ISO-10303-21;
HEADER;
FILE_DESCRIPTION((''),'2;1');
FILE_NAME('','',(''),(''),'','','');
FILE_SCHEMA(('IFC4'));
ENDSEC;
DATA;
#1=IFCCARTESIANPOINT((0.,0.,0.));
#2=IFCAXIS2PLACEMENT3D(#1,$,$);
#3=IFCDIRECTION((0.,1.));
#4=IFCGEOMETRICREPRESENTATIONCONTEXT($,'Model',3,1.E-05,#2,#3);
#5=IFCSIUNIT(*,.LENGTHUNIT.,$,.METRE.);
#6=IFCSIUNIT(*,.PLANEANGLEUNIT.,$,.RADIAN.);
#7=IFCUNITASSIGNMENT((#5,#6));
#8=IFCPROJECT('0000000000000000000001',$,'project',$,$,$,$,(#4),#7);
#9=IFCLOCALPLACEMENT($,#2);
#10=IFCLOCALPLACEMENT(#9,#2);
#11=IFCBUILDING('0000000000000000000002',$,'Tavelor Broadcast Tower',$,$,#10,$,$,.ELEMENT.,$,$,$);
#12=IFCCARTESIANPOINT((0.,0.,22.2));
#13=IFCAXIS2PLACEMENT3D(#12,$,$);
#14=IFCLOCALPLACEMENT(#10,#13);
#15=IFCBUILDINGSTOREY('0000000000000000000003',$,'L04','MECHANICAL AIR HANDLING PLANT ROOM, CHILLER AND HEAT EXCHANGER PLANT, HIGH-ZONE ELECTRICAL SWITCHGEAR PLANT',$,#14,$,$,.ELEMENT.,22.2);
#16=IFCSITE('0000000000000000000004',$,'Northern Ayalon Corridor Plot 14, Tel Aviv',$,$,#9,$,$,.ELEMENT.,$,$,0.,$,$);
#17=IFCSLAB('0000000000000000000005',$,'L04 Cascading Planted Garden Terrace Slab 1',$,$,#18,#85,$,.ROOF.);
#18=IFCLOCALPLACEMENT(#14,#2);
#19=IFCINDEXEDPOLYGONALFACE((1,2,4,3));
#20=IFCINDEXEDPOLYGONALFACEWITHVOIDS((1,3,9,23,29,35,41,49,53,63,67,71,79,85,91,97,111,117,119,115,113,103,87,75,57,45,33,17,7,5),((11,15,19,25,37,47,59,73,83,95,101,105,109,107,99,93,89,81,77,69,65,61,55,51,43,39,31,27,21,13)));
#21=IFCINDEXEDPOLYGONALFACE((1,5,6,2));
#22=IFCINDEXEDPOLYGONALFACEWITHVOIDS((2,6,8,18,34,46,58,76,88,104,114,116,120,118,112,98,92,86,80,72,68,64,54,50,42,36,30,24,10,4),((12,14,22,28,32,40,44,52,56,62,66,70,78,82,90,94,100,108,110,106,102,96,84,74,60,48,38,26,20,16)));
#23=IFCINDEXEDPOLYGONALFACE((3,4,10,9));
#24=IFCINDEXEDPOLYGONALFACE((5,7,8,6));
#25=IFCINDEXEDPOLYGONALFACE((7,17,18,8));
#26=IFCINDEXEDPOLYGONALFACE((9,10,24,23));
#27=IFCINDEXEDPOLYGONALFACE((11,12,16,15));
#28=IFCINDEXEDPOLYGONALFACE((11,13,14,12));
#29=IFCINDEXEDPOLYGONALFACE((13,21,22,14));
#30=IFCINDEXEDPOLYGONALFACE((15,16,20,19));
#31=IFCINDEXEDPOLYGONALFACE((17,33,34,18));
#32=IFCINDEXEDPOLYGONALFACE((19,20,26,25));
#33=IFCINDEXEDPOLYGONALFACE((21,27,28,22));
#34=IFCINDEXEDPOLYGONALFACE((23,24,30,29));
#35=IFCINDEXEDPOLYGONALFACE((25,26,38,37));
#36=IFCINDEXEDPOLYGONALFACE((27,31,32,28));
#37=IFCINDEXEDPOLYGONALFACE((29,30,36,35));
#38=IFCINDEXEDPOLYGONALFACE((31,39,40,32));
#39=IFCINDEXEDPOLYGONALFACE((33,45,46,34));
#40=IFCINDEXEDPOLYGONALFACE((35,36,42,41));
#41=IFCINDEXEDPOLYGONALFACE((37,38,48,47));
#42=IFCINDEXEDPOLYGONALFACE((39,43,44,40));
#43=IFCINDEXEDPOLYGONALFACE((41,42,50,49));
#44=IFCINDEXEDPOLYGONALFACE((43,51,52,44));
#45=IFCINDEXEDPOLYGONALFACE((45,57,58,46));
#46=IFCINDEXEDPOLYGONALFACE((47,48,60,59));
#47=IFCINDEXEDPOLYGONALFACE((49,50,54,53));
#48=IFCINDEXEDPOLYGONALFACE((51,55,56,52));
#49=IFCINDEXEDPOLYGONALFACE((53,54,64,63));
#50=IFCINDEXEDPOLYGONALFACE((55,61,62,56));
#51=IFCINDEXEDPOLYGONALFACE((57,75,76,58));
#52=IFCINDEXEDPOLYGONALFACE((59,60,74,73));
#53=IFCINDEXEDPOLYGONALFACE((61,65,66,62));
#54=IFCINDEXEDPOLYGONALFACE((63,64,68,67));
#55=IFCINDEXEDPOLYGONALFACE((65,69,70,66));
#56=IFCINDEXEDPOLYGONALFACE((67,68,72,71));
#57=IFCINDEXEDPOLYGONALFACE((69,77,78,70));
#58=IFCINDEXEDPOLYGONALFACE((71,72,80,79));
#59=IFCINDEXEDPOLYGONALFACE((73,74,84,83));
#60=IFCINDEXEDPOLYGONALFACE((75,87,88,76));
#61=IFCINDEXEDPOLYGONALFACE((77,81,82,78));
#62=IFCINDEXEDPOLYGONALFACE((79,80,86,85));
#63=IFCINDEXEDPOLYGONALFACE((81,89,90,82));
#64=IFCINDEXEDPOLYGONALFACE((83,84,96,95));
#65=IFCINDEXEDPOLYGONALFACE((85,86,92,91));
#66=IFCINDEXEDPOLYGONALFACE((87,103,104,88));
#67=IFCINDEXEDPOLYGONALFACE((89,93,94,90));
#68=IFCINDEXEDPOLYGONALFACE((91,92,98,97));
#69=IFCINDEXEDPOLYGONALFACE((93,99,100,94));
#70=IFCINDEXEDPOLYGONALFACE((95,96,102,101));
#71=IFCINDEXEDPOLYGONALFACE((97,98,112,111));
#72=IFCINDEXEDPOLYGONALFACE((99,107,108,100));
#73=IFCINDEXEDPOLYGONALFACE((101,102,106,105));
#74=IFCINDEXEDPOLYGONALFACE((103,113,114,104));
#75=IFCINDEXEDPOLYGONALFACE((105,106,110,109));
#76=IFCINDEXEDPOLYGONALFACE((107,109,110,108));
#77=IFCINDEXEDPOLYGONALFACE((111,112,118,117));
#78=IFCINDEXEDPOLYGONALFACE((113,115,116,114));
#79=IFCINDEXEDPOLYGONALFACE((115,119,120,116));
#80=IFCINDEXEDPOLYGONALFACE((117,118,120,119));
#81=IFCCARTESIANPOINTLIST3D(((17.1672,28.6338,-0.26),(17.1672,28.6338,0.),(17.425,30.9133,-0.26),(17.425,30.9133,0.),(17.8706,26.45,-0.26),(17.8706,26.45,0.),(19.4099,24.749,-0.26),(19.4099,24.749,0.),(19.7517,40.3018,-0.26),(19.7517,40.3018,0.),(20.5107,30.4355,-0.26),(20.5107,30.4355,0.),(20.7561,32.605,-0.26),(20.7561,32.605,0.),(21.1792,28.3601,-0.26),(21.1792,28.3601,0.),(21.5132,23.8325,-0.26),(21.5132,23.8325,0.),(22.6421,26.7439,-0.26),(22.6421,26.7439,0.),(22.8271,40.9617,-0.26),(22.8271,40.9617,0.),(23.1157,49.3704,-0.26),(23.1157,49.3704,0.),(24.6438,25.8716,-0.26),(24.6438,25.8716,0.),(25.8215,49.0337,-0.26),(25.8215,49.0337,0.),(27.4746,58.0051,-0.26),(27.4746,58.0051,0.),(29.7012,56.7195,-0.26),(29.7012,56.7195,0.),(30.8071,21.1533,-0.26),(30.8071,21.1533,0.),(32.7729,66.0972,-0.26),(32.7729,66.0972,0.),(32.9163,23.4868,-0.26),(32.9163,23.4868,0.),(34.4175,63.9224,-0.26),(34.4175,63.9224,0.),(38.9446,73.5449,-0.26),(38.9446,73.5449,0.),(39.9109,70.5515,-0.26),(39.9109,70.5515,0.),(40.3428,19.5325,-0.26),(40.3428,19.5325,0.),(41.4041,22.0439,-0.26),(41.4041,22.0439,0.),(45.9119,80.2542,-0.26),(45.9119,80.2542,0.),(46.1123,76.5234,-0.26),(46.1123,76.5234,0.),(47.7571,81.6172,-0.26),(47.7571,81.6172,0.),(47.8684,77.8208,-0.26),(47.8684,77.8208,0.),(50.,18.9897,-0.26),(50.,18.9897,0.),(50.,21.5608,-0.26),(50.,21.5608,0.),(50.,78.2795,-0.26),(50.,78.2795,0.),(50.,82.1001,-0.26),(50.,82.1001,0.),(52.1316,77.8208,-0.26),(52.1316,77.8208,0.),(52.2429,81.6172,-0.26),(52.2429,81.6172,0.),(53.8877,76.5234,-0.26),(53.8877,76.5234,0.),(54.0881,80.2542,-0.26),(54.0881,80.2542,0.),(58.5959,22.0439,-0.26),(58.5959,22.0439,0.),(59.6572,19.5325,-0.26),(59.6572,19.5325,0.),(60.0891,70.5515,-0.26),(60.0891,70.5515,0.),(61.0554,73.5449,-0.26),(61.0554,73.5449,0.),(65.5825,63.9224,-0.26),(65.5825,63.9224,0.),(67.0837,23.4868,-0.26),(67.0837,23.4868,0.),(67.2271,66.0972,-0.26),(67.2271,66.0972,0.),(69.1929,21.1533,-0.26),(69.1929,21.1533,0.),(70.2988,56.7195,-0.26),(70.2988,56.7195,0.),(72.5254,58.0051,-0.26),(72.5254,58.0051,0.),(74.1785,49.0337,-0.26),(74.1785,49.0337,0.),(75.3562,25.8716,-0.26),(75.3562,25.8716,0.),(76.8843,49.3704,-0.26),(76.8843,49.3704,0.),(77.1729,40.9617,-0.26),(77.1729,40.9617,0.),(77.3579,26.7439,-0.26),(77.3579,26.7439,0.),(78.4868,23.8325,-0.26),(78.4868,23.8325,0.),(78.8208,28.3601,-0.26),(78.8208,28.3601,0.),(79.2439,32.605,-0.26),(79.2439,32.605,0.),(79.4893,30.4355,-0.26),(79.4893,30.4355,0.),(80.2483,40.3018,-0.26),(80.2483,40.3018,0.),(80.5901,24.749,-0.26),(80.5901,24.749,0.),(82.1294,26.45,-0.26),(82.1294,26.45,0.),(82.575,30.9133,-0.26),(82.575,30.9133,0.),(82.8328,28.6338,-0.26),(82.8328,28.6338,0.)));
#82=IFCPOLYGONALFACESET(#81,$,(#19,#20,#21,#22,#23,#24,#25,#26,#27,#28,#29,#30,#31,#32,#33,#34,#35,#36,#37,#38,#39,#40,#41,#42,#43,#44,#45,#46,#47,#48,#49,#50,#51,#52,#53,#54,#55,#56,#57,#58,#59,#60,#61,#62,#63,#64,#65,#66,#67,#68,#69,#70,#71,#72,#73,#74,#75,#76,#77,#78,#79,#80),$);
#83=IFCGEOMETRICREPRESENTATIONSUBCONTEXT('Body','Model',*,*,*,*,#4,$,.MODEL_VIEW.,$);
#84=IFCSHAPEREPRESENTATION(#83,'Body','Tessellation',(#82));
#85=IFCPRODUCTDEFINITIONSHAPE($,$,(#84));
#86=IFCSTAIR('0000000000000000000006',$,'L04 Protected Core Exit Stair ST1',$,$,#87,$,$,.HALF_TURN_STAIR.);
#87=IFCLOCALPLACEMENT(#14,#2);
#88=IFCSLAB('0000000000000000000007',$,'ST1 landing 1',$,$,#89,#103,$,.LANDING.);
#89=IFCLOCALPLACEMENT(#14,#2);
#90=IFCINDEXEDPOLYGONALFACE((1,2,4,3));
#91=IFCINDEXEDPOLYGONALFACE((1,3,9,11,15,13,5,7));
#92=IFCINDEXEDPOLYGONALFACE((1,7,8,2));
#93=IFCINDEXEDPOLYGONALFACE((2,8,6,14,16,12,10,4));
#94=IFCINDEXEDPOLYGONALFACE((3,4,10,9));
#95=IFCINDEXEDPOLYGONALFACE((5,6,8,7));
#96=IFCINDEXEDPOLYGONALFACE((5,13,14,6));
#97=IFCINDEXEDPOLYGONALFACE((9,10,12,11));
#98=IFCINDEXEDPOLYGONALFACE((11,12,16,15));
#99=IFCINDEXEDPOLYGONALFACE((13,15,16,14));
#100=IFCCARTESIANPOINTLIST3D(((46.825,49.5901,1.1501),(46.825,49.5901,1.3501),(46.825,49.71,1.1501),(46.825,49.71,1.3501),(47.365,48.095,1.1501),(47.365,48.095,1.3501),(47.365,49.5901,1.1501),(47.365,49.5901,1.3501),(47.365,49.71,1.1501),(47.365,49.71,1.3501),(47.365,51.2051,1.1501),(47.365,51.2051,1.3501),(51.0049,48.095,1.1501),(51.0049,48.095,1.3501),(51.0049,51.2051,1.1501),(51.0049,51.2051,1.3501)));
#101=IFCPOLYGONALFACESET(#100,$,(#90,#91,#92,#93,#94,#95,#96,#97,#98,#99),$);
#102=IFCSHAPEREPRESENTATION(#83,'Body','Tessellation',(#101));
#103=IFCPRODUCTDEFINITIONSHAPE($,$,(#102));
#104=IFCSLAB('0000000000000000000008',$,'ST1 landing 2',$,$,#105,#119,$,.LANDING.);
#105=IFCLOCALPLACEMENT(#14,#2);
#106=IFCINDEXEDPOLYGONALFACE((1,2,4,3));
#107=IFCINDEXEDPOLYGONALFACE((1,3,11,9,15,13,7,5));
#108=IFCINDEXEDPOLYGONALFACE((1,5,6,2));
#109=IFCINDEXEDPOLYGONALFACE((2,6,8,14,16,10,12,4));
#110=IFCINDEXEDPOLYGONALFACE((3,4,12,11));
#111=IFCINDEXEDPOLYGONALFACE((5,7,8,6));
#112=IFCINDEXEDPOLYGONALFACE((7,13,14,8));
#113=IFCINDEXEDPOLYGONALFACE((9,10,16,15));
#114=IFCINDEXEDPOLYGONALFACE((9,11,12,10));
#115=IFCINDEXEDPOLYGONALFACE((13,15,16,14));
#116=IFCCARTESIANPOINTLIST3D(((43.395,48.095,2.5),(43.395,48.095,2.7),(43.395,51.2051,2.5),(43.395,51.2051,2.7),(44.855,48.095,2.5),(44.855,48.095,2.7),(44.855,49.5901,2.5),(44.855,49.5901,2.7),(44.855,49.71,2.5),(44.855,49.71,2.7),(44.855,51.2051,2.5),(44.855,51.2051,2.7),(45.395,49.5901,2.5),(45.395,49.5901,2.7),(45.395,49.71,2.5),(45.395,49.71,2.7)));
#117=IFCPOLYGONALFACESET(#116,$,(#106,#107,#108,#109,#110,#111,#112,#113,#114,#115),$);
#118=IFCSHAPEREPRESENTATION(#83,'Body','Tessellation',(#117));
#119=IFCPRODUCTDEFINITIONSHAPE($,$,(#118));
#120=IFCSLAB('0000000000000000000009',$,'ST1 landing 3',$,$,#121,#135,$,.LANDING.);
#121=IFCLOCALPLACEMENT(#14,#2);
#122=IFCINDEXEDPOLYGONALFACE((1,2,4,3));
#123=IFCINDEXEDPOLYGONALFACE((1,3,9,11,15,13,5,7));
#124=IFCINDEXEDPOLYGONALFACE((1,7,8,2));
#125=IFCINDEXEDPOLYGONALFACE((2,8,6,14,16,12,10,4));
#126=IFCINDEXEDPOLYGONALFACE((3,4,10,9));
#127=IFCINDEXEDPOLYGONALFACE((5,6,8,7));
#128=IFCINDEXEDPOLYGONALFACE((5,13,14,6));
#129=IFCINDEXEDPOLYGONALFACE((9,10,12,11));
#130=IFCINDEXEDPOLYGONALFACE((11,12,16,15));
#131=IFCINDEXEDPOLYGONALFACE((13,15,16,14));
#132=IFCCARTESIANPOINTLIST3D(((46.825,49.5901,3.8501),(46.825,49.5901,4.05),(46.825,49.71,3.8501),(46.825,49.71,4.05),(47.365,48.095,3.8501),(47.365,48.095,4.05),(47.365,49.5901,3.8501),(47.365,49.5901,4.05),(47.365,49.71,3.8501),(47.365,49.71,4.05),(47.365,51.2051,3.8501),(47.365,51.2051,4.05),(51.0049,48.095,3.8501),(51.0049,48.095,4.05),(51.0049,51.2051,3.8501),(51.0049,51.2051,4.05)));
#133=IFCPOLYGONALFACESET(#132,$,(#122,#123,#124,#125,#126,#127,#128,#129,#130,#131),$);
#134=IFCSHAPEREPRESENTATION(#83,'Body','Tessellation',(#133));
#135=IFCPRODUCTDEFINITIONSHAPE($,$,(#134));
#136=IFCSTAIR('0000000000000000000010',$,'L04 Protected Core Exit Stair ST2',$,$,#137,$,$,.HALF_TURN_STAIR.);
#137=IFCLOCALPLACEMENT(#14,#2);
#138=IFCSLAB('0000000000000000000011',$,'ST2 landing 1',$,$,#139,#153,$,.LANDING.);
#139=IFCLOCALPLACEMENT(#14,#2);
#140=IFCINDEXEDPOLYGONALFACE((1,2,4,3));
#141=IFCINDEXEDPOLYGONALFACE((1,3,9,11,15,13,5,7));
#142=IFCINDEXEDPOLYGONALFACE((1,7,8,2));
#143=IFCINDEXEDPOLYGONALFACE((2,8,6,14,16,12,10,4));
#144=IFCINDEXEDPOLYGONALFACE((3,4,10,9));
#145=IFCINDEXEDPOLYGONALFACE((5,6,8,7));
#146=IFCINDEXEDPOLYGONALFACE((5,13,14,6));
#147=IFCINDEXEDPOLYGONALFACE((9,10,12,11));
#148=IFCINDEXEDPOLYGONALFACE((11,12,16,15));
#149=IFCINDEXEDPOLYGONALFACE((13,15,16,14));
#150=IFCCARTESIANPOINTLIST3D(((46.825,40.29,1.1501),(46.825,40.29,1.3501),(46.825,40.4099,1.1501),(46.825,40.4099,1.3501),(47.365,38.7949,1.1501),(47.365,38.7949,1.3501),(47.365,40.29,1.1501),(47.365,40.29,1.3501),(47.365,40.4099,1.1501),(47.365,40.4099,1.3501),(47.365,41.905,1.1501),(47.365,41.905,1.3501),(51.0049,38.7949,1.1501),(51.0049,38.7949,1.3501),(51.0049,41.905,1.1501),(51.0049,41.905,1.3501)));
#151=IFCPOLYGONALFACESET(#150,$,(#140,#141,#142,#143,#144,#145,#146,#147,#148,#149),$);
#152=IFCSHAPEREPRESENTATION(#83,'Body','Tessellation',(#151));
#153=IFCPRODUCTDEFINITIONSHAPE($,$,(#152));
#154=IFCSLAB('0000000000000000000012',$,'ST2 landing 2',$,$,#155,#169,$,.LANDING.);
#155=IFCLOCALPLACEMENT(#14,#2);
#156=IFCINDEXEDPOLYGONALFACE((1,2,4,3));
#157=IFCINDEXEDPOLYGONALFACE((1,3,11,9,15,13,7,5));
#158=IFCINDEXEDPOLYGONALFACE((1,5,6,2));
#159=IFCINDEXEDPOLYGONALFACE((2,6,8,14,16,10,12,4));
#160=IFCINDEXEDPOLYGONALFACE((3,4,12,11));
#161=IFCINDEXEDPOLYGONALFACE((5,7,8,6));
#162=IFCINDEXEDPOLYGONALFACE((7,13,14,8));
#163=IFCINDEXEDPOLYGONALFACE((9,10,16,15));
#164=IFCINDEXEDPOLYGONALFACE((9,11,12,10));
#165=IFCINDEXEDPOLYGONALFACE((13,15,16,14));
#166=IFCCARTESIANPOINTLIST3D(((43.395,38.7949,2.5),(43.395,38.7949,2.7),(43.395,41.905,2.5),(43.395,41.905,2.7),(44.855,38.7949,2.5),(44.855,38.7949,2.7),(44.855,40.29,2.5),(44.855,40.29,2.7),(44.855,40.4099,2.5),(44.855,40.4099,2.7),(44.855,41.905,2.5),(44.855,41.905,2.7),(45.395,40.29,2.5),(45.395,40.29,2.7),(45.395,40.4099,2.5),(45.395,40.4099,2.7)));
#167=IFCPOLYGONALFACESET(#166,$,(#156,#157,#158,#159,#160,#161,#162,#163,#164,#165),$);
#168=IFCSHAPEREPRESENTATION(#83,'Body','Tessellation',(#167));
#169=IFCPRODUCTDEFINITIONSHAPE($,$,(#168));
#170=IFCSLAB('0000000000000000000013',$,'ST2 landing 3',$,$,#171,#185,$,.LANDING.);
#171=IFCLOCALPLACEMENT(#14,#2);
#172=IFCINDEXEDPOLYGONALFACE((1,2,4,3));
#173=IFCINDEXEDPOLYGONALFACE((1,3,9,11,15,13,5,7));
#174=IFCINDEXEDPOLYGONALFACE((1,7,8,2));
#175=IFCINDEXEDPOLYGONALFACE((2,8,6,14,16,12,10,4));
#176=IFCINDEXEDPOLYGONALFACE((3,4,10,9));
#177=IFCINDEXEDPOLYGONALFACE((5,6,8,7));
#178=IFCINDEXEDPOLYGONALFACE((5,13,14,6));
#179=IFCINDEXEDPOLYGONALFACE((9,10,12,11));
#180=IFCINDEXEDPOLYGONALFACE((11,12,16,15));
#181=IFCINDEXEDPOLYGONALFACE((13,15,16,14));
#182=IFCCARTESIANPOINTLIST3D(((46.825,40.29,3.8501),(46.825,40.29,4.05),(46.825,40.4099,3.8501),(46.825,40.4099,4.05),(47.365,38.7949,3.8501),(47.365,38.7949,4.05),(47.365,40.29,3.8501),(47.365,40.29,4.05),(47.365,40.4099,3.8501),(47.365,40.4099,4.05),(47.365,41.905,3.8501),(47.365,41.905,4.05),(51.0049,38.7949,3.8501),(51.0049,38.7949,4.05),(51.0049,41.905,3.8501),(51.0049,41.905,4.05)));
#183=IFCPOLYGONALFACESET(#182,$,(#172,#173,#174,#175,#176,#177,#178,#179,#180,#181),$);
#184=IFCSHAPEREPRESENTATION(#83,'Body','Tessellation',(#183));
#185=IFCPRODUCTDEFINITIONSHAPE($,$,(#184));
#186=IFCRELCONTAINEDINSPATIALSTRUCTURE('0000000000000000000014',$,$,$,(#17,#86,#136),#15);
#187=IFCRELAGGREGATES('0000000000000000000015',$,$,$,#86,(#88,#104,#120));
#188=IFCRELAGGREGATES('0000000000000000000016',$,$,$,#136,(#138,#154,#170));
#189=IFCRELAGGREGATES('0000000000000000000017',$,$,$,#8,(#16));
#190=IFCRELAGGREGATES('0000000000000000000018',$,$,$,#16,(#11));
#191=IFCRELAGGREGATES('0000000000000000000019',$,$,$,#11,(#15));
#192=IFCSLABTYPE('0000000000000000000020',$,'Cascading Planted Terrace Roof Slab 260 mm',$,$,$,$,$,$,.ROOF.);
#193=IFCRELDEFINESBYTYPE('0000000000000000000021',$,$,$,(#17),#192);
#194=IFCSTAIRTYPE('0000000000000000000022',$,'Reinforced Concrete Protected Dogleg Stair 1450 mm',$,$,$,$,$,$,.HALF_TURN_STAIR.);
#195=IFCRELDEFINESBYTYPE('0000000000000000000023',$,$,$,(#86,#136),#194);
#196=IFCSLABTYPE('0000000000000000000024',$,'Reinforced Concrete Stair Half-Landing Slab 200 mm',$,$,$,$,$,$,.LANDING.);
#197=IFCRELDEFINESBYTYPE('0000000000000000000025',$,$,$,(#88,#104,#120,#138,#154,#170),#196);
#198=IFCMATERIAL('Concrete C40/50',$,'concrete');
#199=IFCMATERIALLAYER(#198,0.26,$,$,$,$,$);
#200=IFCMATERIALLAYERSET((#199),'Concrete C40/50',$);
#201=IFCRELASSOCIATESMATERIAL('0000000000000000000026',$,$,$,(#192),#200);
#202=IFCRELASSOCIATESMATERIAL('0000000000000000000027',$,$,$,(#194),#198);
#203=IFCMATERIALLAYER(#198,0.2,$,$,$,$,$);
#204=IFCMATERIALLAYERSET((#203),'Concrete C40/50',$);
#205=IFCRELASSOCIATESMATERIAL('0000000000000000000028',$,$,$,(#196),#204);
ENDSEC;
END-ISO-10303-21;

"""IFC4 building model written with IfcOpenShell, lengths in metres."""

from ifc_helpers import new_model, si_unit, direction, frame, origin, place, context, subcontext, project, spatial, polyline, outline, extrude, material, layer, layer_set, type_object, element, aggregate, save


model = new_model("IFC4")

# Units and contexts
model_context = context("Model", 3, precision=1e-05, world=origin(), true_north=direction((0.0, 1.0)))
body_context = subcontext(model_context, "Body", "Model", "MODEL_VIEW")
ifc_project = project(units=[si_unit("LENGTHUNIT", "METRE"), si_unit("PLANEANGLEUNIT", "RADIAN")], contexts=[model_context])

# Site, building, storey
site_placement = place(None, origin())
site = spatial("IfcSite", under=ifc_project, at=site_placement, Name="Northern Ayalon Corridor Plot 14, Tel Aviv", CompositionType="ELEMENT", RefElevation=0.0)
building_placement = place(site_placement, origin())
building = spatial("IfcBuilding", under=site, at=building_placement, Name="Tavelor Broadcast Tower", CompositionType="ELEMENT")
storey_placement = place(building_placement, frame((0.0, 0.0, 22.2)))
storey = spatial("IfcBuildingStorey", under=building, at=storey_placement, Name="L04", Description="MECHANICAL AIR HANDLING PLANT ROOM, CHILLER AND HEAT EXCHANGER PLANT, HIGH-ZONE ELECTRICAL SWITCHGEAR PLANT", CompositionType="ELEMENT", Elevation=22.2)

# Slab
ifc_material_1 = material(Name="Concrete C40/50", Category="concrete")
ifc_layer_1 = layer(ifc_material_1, 0.26)
ifc_layer_set_1 = layer_set([ifc_layer_1], Name="Concrete C40/50")
slab_type_1 = type_object("IfcSlabType", Name="Cascading Planted Terrace Roof Slab 260 mm", PredefinedType="ROOF", material=ifc_layer_set_1)
slab_1_placement = place(storey_placement, frame((0.0, 0.0, -0.26)))
element("IfcSlab", 1, at=slab_1_placement, inside=storey, type_object=slab_type_1, Name="L04 Cascading Planted Garden Terrace Slab 1", PredefinedType="ROOF", context=body_context, shape_type="SweptSolid", body=[
    extrude(outline(polyline([(54.0881, 80.2542), (52.2429, 81.6172), (50.0, 82.1001), (47.7571, 81.6172), (45.9119, 80.2542), (38.9446, 73.5449), (32.7729, 66.0972), (27.4746, 58.0051), (23.1157, 49.3704), (19.7517, 40.3018), (17.425, 30.9133), (17.1672, 28.6338), (17.8706, 26.45), (19.4099, 24.749), (21.5132, 23.8325), (30.8071, 21.1533), (40.3428, 19.5325), (50.0, 18.9897), (59.6572, 19.5325), (69.1929, 21.1533), (78.4868, 23.8325), (80.5901, 24.749), (82.1294, 26.45), (82.8328, 28.6338), (82.575, 30.9133), (80.2483, 40.3018), (76.8843, 49.3704), (72.5254, 58.0051), (67.2271, 66.0972), (61.0554, 73.5449), (54.0881, 80.2542)]), holes=[polyline([(53.8877, 76.5234), (60.0891, 70.5515), (65.5825, 63.9224), (70.2988, 56.7195), (74.1785, 49.0337), (77.1729, 40.9617), (79.2439, 32.605), (79.4893, 30.4355), (78.8208, 28.3601), (77.3579, 26.7439), (75.3562, 25.8716), (67.0837, 23.4868), (58.5959, 22.0439), (50.0, 21.5608), (41.4041, 22.0439), (32.9163, 23.4868), (24.6438, 25.8716), (22.6421, 26.7439), (21.1792, 28.3601), (20.5107, 30.4355), (20.7561, 32.605), (22.8271, 40.9617), (25.8215, 49.0337), (29.7012, 56.7195), (34.4175, 63.9224), (39.9109, 70.5515), (46.1123, 76.5234), (47.8684, 77.8208), (50.0, 78.2795), (52.1316, 77.8208), (53.8877, 76.5234)])]), origin(), (0.0, 0.0, 1.0), 0.26),
])

# Stairs, slabs
stair_type = type_object("IfcStairType", Name="Reinforced Concrete Protected Dogleg Stair 1450 mm", PredefinedType="HALF_TURN_STAIR", material=ifc_material_1)
stair_1_placement = place(storey_placement, origin())
stair_1 = element("IfcStair", 2, at=stair_1_placement, inside=storey, type_object=stair_type, Name="L04 Protected Core Exit Stair ST1", PredefinedType="HALF_TURN_STAIR")
ifc_layer_2 = layer(ifc_material_1, 0.2)
ifc_layer_set_2 = layer_set([ifc_layer_2], Name="Concrete C40/50")
slab_type_2 = type_object("IfcSlabType", Name="Reinforced Concrete Stair Half-Landing Slab 200 mm", PredefinedType="LANDING", material=ifc_layer_set_2)
slab_2_placement = place(storey_placement, frame((0.0, 0.0, 1.1501)))
slab_2 = element("IfcSlab", 3, at=slab_2_placement, type_object=slab_type_2, Name="ST1 landing 1", PredefinedType="LANDING", context=body_context, shape_type="SweptSolid", body=[
    extrude(outline(polyline([(47.365, 49.5901), (47.365, 48.095), (51.0049, 48.095), (51.0049, 51.2051), (47.365, 51.2051), (47.365, 49.71), (46.825, 49.71), (46.825, 49.5901), (47.365, 49.5901)])), origin(), (0.0, 0.0, 1.0), 0.2),
])
slab_3_placement = place(storey_placement, frame((0.0, 0.0, 2.5)))
slab_3 = element("IfcSlab", 4, at=slab_3_placement, type_object=slab_type_2, Name="ST1 landing 2", PredefinedType="LANDING", context=body_context, shape_type="SweptSolid", body=[
    extrude(outline(polyline([(43.395, 48.095), (44.855, 48.095), (44.855, 49.5901), (45.395, 49.5901), (45.395, 49.71), (44.855, 49.71), (44.855, 51.2051), (43.395, 51.2051), (43.395, 48.095)])), origin(), (0.0, 0.0, 1.0), 0.2),
])
slab_4_placement = place(storey_placement, frame((0.0, 0.0, 3.8501)))
slab_4 = element("IfcSlab", 5, at=slab_4_placement, type_object=slab_type_2, Name="ST1 landing 3", PredefinedType="LANDING", context=body_context, shape_type="SweptSolid", body=[
    extrude(outline(polyline([(47.365, 49.5901), (47.365, 48.095), (51.0049, 48.095), (51.0049, 51.2051), (47.365, 51.2051), (47.365, 49.71), (46.825, 49.71), (46.825, 49.5901), (47.365, 49.5901)])), origin(), (0.0, 0.0, 1.0), 0.2),
])
aggregate(stair_1, [slab_2, slab_3, slab_4])
stair_2_placement = place(storey_placement, origin())
stair_2 = element("IfcStair", 6, at=stair_2_placement, inside=storey, type_object=stair_type, Name="L04 Protected Core Exit Stair ST2", PredefinedType="HALF_TURN_STAIR")
slab_5_placement = place(storey_placement, frame((0.0, 0.0, 1.1501)))
slab_5 = element("IfcSlab", 7, at=slab_5_placement, type_object=slab_type_2, Name="ST2 landing 1", PredefinedType="LANDING", context=body_context, shape_type="SweptSolid", body=[
    extrude(outline(polyline([(47.365, 40.29), (47.365, 38.7949), (51.0049, 38.7949), (51.0049, 41.905), (47.365, 41.905), (47.365, 40.4099), (46.825, 40.4099), (46.825, 40.29), (47.365, 40.29)])), origin(), (0.0, 0.0, 1.0), 0.2),
])
slab_6_placement = place(storey_placement, frame((0.0, 0.0, 2.5)))
slab_6 = element("IfcSlab", 8, at=slab_6_placement, type_object=slab_type_2, Name="ST2 landing 2", PredefinedType="LANDING", context=body_context, shape_type="SweptSolid", body=[
    extrude(outline(polyline([(43.395, 38.7949), (44.855, 38.7949), (44.855, 40.29), (45.395, 40.29), (45.395, 40.4099), (44.855, 40.4099), (44.855, 41.905), (43.395, 41.905), (43.395, 38.7949)])), origin(), (0.0, 0.0, 1.0), 0.2),
])
slab_7_placement = place(storey_placement, frame((0.0, 0.0, 3.8501)))
slab_7 = element("IfcSlab", 9, at=slab_7_placement, type_object=slab_type_2, Name="ST2 landing 3", PredefinedType="LANDING", context=body_context, shape_type="SweptSolid", body=[
    extrude(outline(polyline([(47.365, 40.29), (47.365, 38.7949), (51.0049, 38.7949), (51.0049, 41.905), (47.365, 41.905), (47.365, 40.4099), (46.825, 40.4099), (46.825, 40.29), (47.365, 40.29)])), origin(), (0.0, 0.0, 1.0), 0.2),
])
aggregate(stair_2, [slab_5, slab_6, slab_7])

save(model, "model.ifc")
